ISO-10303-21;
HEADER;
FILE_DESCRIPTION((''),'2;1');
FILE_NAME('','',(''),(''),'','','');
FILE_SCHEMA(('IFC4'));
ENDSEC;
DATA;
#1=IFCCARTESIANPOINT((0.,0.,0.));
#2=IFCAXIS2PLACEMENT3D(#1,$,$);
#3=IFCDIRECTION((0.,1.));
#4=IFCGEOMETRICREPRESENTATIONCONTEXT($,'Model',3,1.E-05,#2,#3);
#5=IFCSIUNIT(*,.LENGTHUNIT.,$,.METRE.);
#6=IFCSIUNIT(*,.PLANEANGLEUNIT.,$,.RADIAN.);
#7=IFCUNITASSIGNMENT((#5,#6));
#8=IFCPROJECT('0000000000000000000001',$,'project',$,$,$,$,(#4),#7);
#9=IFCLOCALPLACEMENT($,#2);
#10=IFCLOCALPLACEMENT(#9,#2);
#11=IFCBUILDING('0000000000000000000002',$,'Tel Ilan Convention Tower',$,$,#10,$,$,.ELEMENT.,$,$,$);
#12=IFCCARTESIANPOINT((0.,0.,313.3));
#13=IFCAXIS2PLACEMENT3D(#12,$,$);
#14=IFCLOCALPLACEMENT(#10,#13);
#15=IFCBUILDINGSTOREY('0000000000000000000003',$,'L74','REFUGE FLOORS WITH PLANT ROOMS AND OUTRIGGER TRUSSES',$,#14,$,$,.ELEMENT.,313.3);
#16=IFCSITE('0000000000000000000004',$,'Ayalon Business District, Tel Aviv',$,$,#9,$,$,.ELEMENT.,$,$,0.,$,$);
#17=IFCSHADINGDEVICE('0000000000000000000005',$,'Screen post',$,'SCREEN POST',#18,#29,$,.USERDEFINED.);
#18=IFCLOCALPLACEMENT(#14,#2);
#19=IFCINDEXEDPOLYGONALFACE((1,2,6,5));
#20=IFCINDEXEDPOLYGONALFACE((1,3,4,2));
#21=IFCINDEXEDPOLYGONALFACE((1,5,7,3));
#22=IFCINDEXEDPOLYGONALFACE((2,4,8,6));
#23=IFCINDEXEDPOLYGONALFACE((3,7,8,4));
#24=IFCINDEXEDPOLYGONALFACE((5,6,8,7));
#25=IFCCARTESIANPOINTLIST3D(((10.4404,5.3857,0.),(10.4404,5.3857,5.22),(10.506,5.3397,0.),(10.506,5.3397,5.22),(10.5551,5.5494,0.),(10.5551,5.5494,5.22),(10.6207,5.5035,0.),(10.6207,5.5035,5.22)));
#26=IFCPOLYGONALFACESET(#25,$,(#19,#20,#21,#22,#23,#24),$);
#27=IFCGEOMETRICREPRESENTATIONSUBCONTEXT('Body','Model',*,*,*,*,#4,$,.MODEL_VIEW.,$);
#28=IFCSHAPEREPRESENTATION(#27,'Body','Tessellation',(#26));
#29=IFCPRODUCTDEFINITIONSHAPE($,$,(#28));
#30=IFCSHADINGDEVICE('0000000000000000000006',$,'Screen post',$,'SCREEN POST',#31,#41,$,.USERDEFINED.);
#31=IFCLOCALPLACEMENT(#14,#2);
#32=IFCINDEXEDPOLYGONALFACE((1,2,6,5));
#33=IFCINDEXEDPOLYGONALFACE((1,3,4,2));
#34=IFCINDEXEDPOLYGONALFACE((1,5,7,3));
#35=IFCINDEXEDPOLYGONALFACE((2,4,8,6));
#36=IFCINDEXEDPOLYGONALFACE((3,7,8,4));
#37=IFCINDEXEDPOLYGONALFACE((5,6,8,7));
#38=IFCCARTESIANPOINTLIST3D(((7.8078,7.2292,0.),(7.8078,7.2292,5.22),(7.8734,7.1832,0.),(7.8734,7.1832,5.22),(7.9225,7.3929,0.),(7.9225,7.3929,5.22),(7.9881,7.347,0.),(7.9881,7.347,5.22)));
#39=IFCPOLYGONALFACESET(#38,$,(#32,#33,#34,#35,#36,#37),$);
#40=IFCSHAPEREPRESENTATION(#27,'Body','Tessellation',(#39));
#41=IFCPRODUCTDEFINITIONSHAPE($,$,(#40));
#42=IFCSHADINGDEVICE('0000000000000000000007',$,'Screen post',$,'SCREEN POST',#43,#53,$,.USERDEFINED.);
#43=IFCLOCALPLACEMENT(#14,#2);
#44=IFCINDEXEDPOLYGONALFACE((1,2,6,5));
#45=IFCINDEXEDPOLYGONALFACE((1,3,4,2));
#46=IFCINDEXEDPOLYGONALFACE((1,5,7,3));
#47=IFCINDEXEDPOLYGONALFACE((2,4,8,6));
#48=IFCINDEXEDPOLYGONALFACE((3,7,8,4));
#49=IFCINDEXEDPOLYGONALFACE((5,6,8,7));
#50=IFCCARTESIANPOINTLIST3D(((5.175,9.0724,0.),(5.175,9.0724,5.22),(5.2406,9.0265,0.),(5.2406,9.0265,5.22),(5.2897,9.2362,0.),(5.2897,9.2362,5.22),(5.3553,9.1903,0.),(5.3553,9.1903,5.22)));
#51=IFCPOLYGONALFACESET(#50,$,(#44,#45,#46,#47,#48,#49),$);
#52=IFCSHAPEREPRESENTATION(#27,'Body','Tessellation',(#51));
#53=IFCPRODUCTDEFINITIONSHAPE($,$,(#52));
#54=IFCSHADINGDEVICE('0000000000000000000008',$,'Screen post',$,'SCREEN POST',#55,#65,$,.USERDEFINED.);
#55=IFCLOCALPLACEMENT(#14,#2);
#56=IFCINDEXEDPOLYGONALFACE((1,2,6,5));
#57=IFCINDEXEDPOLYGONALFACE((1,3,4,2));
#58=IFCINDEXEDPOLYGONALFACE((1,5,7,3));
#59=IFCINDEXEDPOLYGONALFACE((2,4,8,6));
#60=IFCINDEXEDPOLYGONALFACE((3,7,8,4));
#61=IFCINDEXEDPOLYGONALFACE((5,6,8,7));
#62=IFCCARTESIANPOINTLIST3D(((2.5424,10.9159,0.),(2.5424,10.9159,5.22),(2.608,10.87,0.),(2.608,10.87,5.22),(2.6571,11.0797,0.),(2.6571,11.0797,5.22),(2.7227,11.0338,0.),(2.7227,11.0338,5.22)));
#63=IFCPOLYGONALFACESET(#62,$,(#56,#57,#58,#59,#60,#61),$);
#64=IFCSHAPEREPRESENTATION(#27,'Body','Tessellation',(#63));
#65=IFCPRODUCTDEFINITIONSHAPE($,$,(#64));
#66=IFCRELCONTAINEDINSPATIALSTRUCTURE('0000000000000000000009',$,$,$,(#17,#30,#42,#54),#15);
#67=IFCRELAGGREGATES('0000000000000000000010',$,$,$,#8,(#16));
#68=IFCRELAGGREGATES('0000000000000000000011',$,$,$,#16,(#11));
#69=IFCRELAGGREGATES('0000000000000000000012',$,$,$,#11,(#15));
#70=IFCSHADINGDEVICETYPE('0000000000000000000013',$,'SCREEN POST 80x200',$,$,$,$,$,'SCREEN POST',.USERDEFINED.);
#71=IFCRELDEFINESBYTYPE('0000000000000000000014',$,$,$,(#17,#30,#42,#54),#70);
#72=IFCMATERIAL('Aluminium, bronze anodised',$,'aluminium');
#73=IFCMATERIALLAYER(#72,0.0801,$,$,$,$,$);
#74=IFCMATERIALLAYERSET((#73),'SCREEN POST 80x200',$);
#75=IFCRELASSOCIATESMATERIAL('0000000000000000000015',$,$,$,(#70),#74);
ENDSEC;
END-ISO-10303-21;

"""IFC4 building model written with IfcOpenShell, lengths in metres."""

from ifc_helpers import new_model, si_unit, direction, frame, origin, origin_2d, place, context, subcontext, project, spatial, rectangle, extrude, material, layer, layer_set, type_object, element, save


model = new_model("IFC4")

# Units and contexts
model_context = context("Model", 3, precision=1e-05, world=origin(), true_north=direction((0.0, 1.0)))
body_context = subcontext(model_context, "Body", "Model", "MODEL_VIEW")
ifc_project = project(units=[si_unit("LENGTHUNIT", "METRE"), si_unit("PLANEANGLEUNIT", "RADIAN")], contexts=[model_context])

# Site, building, storey
site_placement = place(None, origin())
site = spatial("IfcSite", under=ifc_project, at=site_placement, Name="Ayalon Business District, Tel Aviv", CompositionType="ELEMENT", RefElevation=0.0)
building_placement = place(site_placement, origin())
building = spatial("IfcBuilding", under=site, at=building_placement, Name="Tel Ilan Convention Tower", CompositionType="ELEMENT")
storey_placement = place(building_placement, frame((0.0, 0.0, 313.3)))
storey = spatial("IfcBuildingStorey", under=building, at=storey_placement, Name="L74", Description="REFUGE FLOORS WITH PLANT ROOMS AND OUTRIGGER TRUSSES", CompositionType="ELEMENT", Elevation=313.3)

# Shading devices
ifc_material_1 = material(Name="Aluminium, bronze anodised", Category="aluminium")
ifc_layer_1 = layer(ifc_material_1, 0.0801)
ifc_layer_set_1 = layer_set([ifc_layer_1], Name="SCREEN POST 80x200")
shading_device_type_1 = type_object("IfcShadingDeviceType", Name="SCREEN POST 80x200", ElementType="SCREEN POST", PredefinedType="USERDEFINED", material=ifc_layer_set_1)
for number, where, z_axis, x_axis, name in (
    (1, (10.5305, 5.4446, 0.0), (0.0, 0.0, 1.0), (-0.819152, 0.573576, 0.0), "Screen post"),
    (2, (7.8979, 7.2881, 0.0), (0.0, 0.0, 1.0), (-0.819152, 0.573576, 0.0), "Screen post"),
    (3, (5.2651, 9.1313, 0.0), (0.0, 0.0, 1.0), (-0.819152, 0.573576, 0.0), "Screen post"),
    (4, (2.6326, 10.9749, 0.0), (0.0, 0.0, 1.0), (-0.819152, 0.573576, 0.0), "Screen post"),
):
    element("IfcShadingDevice", number, at=place(storey_placement, frame(where, z_axis=z_axis, x_axis=x_axis)), inside=storey, type_object=shading_device_type_1, Name=name, ObjectType="SCREEN POST", PredefinedType="USERDEFINED", context=body_context, shape_type="SweptSolid", body=[
        extrude(rectangle(XDim=0.0801, YDim=0.2, at=origin_2d()), origin(), (0.0, 0.0, 1.0), 5.22),
    ])

save(model, "model.ifc")
